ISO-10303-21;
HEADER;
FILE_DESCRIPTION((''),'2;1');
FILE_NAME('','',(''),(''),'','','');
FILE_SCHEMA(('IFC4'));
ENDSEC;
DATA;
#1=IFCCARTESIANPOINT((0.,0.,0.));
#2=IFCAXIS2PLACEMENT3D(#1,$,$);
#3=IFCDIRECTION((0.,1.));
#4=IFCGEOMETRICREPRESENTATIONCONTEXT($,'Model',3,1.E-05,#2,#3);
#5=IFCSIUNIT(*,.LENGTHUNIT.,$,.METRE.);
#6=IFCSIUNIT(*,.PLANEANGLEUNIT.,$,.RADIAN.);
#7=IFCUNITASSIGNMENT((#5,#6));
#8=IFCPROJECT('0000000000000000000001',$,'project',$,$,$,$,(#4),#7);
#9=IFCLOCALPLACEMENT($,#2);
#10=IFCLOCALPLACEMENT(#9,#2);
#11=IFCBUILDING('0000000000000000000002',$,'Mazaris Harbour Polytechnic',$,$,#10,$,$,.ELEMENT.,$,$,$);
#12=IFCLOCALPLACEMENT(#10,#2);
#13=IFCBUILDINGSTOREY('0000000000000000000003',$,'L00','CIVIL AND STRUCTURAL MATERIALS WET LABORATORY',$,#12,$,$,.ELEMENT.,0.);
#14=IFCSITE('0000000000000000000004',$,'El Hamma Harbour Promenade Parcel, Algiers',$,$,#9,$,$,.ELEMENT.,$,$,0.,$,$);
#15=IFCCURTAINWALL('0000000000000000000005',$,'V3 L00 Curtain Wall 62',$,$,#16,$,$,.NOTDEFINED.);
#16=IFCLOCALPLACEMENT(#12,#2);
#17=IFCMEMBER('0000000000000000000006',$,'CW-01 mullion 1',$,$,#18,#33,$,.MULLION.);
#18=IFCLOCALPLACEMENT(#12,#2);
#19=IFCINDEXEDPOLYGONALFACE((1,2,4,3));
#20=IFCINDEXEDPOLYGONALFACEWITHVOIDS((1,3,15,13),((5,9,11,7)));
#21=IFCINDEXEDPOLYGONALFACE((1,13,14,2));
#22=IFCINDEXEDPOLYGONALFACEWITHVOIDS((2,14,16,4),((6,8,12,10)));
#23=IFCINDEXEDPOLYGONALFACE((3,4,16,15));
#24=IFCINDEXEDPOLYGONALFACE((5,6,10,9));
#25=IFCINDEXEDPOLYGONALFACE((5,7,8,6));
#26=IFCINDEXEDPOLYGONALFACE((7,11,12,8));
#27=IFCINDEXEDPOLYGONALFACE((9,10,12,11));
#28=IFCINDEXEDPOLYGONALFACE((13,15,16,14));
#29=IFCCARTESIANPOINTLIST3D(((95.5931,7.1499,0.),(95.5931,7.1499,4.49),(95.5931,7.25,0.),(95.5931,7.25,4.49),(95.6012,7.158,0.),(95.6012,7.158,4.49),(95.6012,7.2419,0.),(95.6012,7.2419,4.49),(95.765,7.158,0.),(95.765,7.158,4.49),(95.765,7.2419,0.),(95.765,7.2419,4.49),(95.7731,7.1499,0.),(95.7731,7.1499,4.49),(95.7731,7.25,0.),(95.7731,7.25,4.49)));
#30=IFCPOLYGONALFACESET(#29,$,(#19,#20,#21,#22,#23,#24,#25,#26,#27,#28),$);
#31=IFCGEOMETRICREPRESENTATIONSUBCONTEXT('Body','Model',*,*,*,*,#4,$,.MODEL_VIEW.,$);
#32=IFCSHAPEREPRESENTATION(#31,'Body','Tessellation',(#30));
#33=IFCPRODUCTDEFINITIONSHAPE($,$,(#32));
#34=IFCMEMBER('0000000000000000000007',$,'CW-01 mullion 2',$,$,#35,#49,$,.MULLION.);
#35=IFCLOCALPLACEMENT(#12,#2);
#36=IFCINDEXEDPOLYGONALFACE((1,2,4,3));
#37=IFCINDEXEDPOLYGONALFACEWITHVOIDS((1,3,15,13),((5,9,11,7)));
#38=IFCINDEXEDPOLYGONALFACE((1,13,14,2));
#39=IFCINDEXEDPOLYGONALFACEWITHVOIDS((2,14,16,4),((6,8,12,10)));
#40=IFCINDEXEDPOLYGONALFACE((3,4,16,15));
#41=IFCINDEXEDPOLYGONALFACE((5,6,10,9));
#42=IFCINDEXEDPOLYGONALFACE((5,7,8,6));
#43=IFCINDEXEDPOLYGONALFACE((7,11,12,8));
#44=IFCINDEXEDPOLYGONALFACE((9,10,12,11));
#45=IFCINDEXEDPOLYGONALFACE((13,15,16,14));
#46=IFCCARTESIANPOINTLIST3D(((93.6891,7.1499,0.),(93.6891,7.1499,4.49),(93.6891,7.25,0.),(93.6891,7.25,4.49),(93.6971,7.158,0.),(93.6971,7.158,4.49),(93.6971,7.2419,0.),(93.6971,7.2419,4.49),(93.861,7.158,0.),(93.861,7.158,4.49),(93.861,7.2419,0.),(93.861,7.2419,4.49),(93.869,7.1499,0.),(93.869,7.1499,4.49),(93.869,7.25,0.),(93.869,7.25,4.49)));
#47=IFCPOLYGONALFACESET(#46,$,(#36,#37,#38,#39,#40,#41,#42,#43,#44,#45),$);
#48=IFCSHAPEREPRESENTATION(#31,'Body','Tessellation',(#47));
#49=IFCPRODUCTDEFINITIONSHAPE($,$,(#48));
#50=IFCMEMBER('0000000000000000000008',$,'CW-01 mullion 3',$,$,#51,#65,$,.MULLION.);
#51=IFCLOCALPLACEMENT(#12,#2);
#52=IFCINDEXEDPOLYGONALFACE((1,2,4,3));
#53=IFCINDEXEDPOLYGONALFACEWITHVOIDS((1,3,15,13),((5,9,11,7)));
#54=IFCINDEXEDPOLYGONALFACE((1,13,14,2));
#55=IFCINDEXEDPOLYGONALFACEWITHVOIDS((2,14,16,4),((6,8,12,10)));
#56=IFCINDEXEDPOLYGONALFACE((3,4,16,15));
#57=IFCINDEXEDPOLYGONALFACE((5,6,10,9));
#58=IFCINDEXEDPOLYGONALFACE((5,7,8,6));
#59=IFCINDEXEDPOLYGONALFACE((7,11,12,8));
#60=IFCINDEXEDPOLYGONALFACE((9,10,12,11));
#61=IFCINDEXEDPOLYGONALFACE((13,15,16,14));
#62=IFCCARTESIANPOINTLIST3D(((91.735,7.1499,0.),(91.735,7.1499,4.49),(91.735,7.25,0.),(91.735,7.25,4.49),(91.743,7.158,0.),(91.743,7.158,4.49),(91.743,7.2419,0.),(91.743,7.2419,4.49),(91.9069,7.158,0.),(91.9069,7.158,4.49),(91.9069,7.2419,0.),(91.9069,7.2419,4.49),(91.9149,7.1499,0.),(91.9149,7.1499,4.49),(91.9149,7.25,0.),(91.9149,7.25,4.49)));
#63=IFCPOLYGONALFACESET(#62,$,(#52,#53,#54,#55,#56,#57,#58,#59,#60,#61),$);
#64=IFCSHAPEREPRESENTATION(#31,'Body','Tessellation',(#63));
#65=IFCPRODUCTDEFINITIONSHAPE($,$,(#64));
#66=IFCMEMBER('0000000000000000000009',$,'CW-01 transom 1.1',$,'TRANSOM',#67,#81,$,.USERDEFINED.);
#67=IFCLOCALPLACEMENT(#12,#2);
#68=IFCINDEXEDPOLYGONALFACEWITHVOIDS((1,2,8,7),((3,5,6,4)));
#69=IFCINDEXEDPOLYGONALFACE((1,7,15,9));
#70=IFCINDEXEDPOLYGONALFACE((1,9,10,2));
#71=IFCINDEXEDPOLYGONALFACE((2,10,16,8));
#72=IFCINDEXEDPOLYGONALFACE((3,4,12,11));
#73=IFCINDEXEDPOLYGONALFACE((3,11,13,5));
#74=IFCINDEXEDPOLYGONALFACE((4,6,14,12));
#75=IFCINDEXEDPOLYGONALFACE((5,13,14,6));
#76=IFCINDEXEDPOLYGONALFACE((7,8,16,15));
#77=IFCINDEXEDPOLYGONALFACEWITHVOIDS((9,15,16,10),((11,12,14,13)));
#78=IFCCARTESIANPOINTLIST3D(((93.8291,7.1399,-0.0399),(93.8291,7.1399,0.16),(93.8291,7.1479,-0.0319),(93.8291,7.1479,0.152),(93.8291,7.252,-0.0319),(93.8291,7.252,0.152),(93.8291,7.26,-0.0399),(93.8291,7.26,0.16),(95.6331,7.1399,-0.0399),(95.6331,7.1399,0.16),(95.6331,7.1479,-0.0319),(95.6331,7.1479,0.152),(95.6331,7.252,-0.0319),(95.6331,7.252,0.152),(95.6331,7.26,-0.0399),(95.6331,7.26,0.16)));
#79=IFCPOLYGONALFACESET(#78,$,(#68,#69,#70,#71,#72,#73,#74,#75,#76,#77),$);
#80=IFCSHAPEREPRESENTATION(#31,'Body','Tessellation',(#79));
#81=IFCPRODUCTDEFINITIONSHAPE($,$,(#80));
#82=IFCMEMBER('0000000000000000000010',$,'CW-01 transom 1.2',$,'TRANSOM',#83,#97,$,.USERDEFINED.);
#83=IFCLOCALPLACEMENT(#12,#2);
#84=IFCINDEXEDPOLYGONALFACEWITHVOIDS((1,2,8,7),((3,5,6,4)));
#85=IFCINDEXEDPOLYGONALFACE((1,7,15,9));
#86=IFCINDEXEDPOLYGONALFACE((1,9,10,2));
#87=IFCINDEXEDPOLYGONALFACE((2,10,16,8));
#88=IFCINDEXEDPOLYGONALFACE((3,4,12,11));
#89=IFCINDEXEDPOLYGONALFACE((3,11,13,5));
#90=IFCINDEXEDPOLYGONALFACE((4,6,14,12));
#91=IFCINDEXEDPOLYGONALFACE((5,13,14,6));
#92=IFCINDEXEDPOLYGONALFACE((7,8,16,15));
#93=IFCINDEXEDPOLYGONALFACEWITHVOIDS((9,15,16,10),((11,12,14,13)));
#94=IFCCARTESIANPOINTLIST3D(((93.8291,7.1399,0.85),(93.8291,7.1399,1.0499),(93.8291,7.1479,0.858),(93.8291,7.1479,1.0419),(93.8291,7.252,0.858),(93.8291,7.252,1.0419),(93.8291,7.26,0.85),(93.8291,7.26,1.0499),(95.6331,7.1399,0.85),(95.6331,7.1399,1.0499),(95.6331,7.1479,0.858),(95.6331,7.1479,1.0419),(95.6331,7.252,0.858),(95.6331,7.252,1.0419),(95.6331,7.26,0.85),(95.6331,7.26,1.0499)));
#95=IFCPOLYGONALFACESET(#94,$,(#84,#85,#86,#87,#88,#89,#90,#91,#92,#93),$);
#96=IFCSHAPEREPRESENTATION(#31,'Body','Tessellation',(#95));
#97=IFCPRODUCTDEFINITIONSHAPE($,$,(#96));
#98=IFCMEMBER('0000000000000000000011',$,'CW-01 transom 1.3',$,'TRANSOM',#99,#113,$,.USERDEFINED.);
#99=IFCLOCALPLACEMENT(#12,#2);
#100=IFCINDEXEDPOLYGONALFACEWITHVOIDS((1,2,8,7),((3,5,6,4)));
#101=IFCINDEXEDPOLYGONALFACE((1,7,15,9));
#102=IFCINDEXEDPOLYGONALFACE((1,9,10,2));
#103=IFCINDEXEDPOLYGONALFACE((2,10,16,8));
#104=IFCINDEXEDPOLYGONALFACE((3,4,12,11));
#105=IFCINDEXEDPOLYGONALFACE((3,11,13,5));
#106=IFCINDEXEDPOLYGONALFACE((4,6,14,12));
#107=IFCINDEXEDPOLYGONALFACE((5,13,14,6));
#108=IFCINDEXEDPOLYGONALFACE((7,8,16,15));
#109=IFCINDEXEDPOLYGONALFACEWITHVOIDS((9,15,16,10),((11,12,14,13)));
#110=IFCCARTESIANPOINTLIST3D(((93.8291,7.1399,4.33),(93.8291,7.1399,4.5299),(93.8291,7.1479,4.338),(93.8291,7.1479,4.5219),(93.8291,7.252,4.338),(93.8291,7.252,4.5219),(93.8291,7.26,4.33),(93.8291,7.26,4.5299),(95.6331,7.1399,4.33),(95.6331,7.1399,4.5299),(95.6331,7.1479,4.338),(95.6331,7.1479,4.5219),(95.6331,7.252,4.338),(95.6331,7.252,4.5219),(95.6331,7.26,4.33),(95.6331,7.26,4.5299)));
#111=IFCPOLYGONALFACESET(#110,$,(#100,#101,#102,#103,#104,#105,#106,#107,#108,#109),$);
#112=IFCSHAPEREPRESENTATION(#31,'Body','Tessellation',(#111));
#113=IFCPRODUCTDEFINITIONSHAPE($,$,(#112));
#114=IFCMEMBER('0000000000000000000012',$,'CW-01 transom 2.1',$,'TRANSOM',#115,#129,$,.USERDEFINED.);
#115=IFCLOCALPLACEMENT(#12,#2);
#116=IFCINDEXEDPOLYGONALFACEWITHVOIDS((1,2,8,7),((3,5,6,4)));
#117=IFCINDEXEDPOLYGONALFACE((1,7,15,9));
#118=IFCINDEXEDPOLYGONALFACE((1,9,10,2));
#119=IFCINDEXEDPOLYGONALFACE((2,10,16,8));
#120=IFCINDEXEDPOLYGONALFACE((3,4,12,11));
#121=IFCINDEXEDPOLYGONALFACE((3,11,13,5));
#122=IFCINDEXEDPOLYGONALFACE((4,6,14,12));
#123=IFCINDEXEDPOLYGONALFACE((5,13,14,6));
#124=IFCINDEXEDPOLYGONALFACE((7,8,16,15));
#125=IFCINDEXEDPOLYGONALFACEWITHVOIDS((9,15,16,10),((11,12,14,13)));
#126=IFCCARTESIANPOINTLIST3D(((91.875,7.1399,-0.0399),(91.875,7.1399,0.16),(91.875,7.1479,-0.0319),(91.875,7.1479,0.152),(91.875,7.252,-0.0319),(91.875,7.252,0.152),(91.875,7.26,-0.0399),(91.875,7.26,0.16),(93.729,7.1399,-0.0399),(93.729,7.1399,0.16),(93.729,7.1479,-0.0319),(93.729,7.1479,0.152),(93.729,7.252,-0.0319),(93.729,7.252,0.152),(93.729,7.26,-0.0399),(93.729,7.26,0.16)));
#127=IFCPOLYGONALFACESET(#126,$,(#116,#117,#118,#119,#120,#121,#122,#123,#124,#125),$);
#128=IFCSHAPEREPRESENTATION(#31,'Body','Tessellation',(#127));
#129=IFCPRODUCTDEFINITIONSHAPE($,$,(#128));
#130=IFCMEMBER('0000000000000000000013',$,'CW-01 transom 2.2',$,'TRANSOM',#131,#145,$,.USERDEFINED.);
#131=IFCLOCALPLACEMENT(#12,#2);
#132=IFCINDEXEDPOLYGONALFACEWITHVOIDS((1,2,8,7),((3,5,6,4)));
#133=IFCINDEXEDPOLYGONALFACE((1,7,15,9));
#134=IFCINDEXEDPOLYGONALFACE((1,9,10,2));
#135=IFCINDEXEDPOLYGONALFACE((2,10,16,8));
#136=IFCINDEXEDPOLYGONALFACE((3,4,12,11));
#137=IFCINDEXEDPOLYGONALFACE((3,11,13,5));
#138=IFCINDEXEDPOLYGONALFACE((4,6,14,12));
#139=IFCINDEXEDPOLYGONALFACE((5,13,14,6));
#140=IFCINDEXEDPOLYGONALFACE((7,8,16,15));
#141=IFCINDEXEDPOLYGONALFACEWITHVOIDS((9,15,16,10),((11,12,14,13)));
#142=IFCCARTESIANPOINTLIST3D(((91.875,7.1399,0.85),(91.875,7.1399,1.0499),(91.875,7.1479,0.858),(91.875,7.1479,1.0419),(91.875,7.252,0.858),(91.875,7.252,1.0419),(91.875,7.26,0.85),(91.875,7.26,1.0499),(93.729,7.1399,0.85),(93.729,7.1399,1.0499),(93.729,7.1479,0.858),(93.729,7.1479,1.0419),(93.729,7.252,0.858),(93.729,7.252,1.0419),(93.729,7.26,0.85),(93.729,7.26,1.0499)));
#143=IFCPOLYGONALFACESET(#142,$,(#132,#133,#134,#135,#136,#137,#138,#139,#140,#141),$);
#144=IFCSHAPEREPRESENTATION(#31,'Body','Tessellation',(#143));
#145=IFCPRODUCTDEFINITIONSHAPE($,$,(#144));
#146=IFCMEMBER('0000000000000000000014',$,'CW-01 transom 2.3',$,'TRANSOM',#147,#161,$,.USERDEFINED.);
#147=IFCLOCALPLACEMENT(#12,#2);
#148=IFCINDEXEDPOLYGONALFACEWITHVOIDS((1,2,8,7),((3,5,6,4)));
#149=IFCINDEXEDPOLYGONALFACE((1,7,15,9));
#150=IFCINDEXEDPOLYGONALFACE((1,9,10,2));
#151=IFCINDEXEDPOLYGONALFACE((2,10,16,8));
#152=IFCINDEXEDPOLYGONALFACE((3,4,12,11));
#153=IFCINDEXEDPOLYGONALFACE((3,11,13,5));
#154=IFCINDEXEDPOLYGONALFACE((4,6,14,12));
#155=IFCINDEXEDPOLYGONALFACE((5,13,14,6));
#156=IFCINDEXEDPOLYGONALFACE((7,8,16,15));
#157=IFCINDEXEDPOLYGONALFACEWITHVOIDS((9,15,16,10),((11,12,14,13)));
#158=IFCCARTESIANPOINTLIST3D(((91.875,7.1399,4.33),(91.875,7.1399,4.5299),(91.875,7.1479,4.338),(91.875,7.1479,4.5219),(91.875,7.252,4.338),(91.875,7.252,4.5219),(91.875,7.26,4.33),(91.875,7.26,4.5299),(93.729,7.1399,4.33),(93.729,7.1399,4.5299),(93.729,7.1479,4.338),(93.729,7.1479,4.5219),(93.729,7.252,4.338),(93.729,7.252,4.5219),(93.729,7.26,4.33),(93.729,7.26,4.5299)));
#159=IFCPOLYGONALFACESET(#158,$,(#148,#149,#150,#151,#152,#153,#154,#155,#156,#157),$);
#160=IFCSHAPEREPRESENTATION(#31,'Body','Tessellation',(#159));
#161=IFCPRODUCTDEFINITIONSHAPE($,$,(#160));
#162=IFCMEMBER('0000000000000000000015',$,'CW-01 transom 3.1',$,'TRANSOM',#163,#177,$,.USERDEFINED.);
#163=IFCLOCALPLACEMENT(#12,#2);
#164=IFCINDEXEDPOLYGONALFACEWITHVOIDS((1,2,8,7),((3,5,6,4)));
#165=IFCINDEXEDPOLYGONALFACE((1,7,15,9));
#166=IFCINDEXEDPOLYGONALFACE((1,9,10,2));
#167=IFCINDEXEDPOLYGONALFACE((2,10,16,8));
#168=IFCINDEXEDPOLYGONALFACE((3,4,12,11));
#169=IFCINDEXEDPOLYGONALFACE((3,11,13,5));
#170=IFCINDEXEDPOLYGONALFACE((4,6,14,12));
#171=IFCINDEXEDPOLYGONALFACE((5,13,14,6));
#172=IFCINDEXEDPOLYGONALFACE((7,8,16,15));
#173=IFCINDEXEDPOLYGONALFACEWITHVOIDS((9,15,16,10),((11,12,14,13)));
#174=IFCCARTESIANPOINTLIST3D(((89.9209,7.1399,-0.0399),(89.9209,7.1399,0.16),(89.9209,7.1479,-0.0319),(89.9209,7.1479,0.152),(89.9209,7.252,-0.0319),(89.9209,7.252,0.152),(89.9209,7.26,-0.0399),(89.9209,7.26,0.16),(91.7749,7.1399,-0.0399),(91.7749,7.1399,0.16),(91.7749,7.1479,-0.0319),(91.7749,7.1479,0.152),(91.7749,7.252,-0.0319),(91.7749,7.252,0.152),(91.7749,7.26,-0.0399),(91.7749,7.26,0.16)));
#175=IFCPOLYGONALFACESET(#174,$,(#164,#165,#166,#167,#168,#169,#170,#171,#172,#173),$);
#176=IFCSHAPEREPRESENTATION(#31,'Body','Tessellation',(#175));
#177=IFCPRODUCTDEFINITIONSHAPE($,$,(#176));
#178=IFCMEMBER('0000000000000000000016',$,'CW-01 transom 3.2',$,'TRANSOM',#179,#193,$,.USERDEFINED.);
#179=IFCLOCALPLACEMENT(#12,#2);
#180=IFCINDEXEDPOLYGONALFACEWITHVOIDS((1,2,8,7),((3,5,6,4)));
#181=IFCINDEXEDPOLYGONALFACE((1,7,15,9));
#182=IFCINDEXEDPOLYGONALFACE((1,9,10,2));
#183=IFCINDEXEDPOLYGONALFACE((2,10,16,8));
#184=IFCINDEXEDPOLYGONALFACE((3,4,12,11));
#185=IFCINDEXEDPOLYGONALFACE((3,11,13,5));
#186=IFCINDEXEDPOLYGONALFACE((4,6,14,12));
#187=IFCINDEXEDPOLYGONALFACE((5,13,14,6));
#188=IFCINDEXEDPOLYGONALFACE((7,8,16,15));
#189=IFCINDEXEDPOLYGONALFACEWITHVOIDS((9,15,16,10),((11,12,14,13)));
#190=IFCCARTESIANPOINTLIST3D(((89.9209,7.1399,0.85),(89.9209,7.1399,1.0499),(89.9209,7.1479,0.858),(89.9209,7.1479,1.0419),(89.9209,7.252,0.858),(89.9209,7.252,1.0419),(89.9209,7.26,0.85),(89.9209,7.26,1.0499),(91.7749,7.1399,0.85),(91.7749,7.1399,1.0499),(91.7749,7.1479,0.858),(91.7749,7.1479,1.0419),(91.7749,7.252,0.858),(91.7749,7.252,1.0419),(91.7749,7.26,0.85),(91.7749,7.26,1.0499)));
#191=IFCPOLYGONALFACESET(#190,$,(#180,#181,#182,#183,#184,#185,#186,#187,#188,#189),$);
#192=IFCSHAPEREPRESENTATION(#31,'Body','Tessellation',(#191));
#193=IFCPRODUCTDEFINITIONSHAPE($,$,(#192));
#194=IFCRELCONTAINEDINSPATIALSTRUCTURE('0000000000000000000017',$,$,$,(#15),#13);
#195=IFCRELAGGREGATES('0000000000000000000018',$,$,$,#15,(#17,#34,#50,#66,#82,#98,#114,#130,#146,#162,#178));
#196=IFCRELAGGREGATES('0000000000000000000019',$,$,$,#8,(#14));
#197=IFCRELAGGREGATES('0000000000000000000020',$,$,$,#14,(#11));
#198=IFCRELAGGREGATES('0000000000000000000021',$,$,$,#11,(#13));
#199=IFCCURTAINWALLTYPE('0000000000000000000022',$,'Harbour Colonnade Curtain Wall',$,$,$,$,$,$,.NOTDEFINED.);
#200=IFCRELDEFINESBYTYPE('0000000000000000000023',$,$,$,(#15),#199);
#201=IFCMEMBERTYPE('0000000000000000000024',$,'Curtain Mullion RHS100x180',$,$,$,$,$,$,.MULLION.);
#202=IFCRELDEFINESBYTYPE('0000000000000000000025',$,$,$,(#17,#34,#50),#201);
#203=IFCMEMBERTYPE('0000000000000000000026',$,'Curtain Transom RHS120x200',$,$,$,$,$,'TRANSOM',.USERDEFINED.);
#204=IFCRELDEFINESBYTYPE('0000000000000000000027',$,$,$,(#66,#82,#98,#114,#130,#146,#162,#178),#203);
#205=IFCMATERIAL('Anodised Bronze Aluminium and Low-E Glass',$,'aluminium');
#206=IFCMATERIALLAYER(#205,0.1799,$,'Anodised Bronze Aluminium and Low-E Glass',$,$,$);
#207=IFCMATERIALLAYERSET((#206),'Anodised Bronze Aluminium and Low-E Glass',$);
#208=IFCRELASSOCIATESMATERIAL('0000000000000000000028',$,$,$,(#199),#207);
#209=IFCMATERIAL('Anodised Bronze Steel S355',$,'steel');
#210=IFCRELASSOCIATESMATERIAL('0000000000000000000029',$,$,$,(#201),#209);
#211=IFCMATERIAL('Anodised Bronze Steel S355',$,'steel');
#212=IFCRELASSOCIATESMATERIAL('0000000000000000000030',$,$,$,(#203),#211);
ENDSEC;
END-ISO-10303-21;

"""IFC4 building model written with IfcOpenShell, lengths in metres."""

from ifc_helpers import new_model, si_unit, direction, frame, origin, origin_2d, place, context, subcontext, project, spatial, hollow_rectangle, extrude, material, layer, layer_set, material_profile, profile_set, type_object, element, aggregate, save


model = new_model("IFC4")

# Units and contexts
model_context = context("Model", 3, precision=1e-05, world=origin(), true_north=direction((0.0, 1.0)))
body_context = subcontext(model_context, "Body", "Model", "MODEL_VIEW")
ifc_project = project(units=[si_unit("LENGTHUNIT", "METRE"), si_unit("PLANEANGLEUNIT", "RADIAN")], contexts=[model_context])

# Site, building, storey
site_placement = place(None, origin())
site = spatial("IfcSite", under=ifc_project, at=site_placement, Name="El Hamma Harbour Promenade Parcel, Algiers", CompositionType="ELEMENT", RefElevation=0.0)
building_placement = place(site_placement, origin())
building = spatial("IfcBuilding", under=site, at=building_placement, Name="Mazaris Harbour Polytechnic", CompositionType="ELEMENT")
storey_placement = place(building_placement, origin())
storey = spatial("IfcBuildingStorey", under=building, at=storey_placement, Name="L00", Description="CIVIL AND STRUCTURAL MATERIALS WET LABORATORY", CompositionType="ELEMENT", Elevation=0.0)

# Curtain wall, members
ifc_material_1 = material(Name="Anodised Bronze Aluminium and Low-E Glass", Category="aluminium")
ifc_layer_1 = layer(ifc_material_1, 0.1799, Name="Anodised Bronze Aluminium and Low-E Glass")
ifc_layer_set_1 = layer_set([ifc_layer_1], Name="Anodised Bronze Aluminium and Low-E Glass")
curtain_wall_type = type_object("IfcCurtainWallType", Name="Harbour Colonnade Curtain Wall", PredefinedType="NOTDEFINED", material=ifc_layer_set_1)
curtain_wall_placement = place(storey_placement, origin())
curtain_wall = element("IfcCurtainWall", 1, at=curtain_wall_placement, inside=storey, type_object=curtain_wall_type, Name="V3 L00 Curtain Wall 62", PredefinedType="NOTDEFINED")
ifc_material_2 = material(Name="Anodised Bronze Steel S355", Category="steel")
ifc_material_profile_1 = material_profile(ifc_material_2, hollow_rectangle(XDim=0.1001, YDim=0.1799, WallThickness=0.0081, at=origin_2d()), Name="RHS 100x180x8.0")
ifc_profile_set_1 = profile_set([ifc_material_profile_1], Name="Anodised Bronze Steel S355")
member_type_1 = type_object("IfcMemberType", Name="Curtain Mullion RHS100x180", PredefinedType="MULLION", material=ifc_profile_set_1)
member_1_placement = place(storey_placement, frame((95.6831, 7.2, 0.0), z_axis=(0.0, 0.0, 1.0), x_axis=(0.0, -1.0, 0.0)))
member_1 = element("IfcMember", 2, at=member_1_placement, type_object=member_type_1, Name="CW-01 mullion 1", PredefinedType="MULLION", context=body_context, shape_type="SweptSolid", body=[
    extrude(hollow_rectangle(XDim=0.1001, YDim=0.1799, WallThickness=0.0081, at=origin_2d()), origin(), (0.0, 0.0, 1.0), 4.49),
])
member_2_placement = place(storey_placement, frame((93.7791, 7.2, 0.0), z_axis=(0.0, 0.0, 1.0), x_axis=(0.0, -1.0, 0.0)))
member_2 = element("IfcMember", 3, at=member_2_placement, type_object=member_type_1, Name="CW-01 mullion 2", PredefinedType="MULLION", context=body_context, shape_type="SweptSolid", body=[
    extrude(hollow_rectangle(XDim=0.1001, YDim=0.1799, WallThickness=0.0081, at=origin_2d()), origin(), (0.0, 0.0, 1.0), 4.49),
])
member_3_placement = place(storey_placement, frame((91.825, 7.2, 0.0), z_axis=(0.0, 0.0, 1.0), x_axis=(0.0, -1.0, 0.0)))
member_3 = element("IfcMember", 4, at=member_3_placement, type_object=member_type_1, Name="CW-01 mullion 3", PredefinedType="MULLION", context=body_context, shape_type="SweptSolid", body=[
    extrude(hollow_rectangle(XDim=0.1001, YDim=0.1799, WallThickness=0.0081, at=origin_2d()), origin(), (0.0, 0.0, 1.0), 4.49),
])
ifc_material_3 = material(Name="Anodised Bronze Steel S355", Category="steel")
ifc_material_profile_2 = material_profile(ifc_material_3, hollow_rectangle(XDim=0.1201, YDim=0.2, WallThickness=0.0081, at=origin_2d()), Name="RHS 120x200x8.0")
ifc_profile_set_2 = profile_set([ifc_material_profile_2], Name="Anodised Bronze Steel S355")
member_type_2 = type_object("IfcMemberType", Name="Curtain Transom RHS120x200", ElementType="TRANSOM", PredefinedType="USERDEFINED", material=ifc_profile_set_2)
member_4_placement = place(storey_placement, frame((95.6331, 7.2, 0.0601), z_axis=(-1.0, 0.0, 0.0), x_axis=(0.0, -1.0, 0.0)))
member_4 = element("IfcMember", 5, at=member_4_placement, type_object=member_type_2, Name="CW-01 transom 1.1", ObjectType="TRANSOM", PredefinedType="USERDEFINED", context=body_context, shape_type="SweptSolid", body=[
    extrude(hollow_rectangle(XDim=0.1201, YDim=0.2, WallThickness=0.0081, at=origin_2d()), origin(), (0.0, 0.0, 1.0), 1.804),
])
member_5_placement = place(storey_placement, frame((95.6331, 7.2, 0.95), z_axis=(-1.0, 0.0, 0.0), x_axis=(0.0, -1.0, 0.0)))
member_5 = element("IfcMember", 6, at=member_5_placement, type_object=member_type_2, Name="CW-01 transom 1.2", ObjectType="TRANSOM", PredefinedType="USERDEFINED", context=body_context, shape_type="SweptSolid", body=[
    extrude(hollow_rectangle(XDim=0.1201, YDim=0.2, WallThickness=0.0081, at=origin_2d()), origin(), (0.0, 0.0, 1.0), 1.804),
])
member_6_placement = place(storey_placement, frame((95.6331, 7.2, 4.4299), z_axis=(-1.0, 0.0, 0.0), x_axis=(0.0, -1.0, 0.0)))
member_6 = element("IfcMember", 7, at=member_6_placement, type_object=member_type_2, Name="CW-01 transom 1.3", ObjectType="TRANSOM", PredefinedType="USERDEFINED", context=body_context, shape_type="SweptSolid", body=[
    extrude(hollow_rectangle(XDim=0.1201, YDim=0.2, WallThickness=0.0081, at=origin_2d()), origin(), (0.0, 0.0, 1.0), 1.804),
])
member_7_placement = place(storey_placement, frame((93.729, 7.2, 0.0601), z_axis=(-1.0, 0.0, 0.0), x_axis=(0.0, -1.0, 0.0)))
member_7 = element("IfcMember", 8, at=member_7_placement, type_object=member_type_2, Name="CW-01 transom 2.1", ObjectType="TRANSOM", PredefinedType="USERDEFINED", context=body_context, shape_type="SweptSolid", body=[
    extrude(hollow_rectangle(XDim=0.1201, YDim=0.2, WallThickness=0.0081, at=origin_2d()), origin(), (0.0, 0.0, 1.0), 1.854),
])
member_8_placement = place(storey_placement, frame((93.729, 7.2, 0.95), z_axis=(-1.0, 0.0, 0.0), x_axis=(0.0, -1.0, 0.0)))
member_8 = element("IfcMember", 9, at=member_8_placement, type_object=member_type_2, Name="CW-01 transom 2.2", ObjectType="TRANSOM", PredefinedType="USERDEFINED", context=body_context, shape_type="SweptSolid", body=[
    extrude(hollow_rectangle(XDim=0.1201, YDim=0.2, WallThickness=0.0081, at=origin_2d()), origin(), (0.0, 0.0, 1.0), 1.854),
])
member_9_placement = place(storey_placement, frame((93.729, 7.2, 4.4299), z_axis=(-1.0, 0.0, 0.0), x_axis=(0.0, -1.0, 0.0)))
member_9 = element("IfcMember", 10, at=member_9_placement, type_object=member_type_2, Name="CW-01 transom 2.3", ObjectType="TRANSOM", PredefinedType="USERDEFINED", context=body_context, shape_type="SweptSolid", body=[
    extrude(hollow_rectangle(XDim=0.1201, YDim=0.2, WallThickness=0.0081, at=origin_2d()), origin(), (0.0, 0.0, 1.0), 1.854),
])
member_10_placement = place(storey_placement, frame((91.7749, 7.2, 0.0601), z_axis=(-1.0, 0.0, 0.0), x_axis=(0.0, -1.0, 0.0)))
member_10 = element("IfcMember", 11, at=member_10_placement, type_object=member_type_2, Name="CW-01 transom 3.1", ObjectType="TRANSOM", PredefinedType="USERDEFINED", context=body_context, shape_type="SweptSolid", body=[
    extrude(hollow_rectangle(XDim=0.1201, YDim=0.2, WallThickness=0.0081, at=origin_2d()), origin(), (0.0, 0.0, 1.0), 1.854),
])
member_11_placement = place(storey_placement, frame((91.7749, 7.2, 0.95), z_axis=(-1.0, 0.0, 0.0), x_axis=(0.0, -1.0, 0.0)))
member_11 = element("IfcMember", 12, at=member_11_placement, type_object=member_type_2, Name="CW-01 transom 3.2", ObjectType="TRANSOM", PredefinedType="USERDEFINED", context=body_context, shape_type="SweptSolid", body=[
    extrude(hollow_rectangle(XDim=0.1201, YDim=0.2, WallThickness=0.0081, at=origin_2d()), origin(), (0.0, 0.0, 1.0), 1.854),
])

aggregate(curtain_wall, [member_1, member_2, member_3, member_4, member_5, member_6, member_7, member_8, member_9, member_10, member_11])

save(model, "model.ifc")
